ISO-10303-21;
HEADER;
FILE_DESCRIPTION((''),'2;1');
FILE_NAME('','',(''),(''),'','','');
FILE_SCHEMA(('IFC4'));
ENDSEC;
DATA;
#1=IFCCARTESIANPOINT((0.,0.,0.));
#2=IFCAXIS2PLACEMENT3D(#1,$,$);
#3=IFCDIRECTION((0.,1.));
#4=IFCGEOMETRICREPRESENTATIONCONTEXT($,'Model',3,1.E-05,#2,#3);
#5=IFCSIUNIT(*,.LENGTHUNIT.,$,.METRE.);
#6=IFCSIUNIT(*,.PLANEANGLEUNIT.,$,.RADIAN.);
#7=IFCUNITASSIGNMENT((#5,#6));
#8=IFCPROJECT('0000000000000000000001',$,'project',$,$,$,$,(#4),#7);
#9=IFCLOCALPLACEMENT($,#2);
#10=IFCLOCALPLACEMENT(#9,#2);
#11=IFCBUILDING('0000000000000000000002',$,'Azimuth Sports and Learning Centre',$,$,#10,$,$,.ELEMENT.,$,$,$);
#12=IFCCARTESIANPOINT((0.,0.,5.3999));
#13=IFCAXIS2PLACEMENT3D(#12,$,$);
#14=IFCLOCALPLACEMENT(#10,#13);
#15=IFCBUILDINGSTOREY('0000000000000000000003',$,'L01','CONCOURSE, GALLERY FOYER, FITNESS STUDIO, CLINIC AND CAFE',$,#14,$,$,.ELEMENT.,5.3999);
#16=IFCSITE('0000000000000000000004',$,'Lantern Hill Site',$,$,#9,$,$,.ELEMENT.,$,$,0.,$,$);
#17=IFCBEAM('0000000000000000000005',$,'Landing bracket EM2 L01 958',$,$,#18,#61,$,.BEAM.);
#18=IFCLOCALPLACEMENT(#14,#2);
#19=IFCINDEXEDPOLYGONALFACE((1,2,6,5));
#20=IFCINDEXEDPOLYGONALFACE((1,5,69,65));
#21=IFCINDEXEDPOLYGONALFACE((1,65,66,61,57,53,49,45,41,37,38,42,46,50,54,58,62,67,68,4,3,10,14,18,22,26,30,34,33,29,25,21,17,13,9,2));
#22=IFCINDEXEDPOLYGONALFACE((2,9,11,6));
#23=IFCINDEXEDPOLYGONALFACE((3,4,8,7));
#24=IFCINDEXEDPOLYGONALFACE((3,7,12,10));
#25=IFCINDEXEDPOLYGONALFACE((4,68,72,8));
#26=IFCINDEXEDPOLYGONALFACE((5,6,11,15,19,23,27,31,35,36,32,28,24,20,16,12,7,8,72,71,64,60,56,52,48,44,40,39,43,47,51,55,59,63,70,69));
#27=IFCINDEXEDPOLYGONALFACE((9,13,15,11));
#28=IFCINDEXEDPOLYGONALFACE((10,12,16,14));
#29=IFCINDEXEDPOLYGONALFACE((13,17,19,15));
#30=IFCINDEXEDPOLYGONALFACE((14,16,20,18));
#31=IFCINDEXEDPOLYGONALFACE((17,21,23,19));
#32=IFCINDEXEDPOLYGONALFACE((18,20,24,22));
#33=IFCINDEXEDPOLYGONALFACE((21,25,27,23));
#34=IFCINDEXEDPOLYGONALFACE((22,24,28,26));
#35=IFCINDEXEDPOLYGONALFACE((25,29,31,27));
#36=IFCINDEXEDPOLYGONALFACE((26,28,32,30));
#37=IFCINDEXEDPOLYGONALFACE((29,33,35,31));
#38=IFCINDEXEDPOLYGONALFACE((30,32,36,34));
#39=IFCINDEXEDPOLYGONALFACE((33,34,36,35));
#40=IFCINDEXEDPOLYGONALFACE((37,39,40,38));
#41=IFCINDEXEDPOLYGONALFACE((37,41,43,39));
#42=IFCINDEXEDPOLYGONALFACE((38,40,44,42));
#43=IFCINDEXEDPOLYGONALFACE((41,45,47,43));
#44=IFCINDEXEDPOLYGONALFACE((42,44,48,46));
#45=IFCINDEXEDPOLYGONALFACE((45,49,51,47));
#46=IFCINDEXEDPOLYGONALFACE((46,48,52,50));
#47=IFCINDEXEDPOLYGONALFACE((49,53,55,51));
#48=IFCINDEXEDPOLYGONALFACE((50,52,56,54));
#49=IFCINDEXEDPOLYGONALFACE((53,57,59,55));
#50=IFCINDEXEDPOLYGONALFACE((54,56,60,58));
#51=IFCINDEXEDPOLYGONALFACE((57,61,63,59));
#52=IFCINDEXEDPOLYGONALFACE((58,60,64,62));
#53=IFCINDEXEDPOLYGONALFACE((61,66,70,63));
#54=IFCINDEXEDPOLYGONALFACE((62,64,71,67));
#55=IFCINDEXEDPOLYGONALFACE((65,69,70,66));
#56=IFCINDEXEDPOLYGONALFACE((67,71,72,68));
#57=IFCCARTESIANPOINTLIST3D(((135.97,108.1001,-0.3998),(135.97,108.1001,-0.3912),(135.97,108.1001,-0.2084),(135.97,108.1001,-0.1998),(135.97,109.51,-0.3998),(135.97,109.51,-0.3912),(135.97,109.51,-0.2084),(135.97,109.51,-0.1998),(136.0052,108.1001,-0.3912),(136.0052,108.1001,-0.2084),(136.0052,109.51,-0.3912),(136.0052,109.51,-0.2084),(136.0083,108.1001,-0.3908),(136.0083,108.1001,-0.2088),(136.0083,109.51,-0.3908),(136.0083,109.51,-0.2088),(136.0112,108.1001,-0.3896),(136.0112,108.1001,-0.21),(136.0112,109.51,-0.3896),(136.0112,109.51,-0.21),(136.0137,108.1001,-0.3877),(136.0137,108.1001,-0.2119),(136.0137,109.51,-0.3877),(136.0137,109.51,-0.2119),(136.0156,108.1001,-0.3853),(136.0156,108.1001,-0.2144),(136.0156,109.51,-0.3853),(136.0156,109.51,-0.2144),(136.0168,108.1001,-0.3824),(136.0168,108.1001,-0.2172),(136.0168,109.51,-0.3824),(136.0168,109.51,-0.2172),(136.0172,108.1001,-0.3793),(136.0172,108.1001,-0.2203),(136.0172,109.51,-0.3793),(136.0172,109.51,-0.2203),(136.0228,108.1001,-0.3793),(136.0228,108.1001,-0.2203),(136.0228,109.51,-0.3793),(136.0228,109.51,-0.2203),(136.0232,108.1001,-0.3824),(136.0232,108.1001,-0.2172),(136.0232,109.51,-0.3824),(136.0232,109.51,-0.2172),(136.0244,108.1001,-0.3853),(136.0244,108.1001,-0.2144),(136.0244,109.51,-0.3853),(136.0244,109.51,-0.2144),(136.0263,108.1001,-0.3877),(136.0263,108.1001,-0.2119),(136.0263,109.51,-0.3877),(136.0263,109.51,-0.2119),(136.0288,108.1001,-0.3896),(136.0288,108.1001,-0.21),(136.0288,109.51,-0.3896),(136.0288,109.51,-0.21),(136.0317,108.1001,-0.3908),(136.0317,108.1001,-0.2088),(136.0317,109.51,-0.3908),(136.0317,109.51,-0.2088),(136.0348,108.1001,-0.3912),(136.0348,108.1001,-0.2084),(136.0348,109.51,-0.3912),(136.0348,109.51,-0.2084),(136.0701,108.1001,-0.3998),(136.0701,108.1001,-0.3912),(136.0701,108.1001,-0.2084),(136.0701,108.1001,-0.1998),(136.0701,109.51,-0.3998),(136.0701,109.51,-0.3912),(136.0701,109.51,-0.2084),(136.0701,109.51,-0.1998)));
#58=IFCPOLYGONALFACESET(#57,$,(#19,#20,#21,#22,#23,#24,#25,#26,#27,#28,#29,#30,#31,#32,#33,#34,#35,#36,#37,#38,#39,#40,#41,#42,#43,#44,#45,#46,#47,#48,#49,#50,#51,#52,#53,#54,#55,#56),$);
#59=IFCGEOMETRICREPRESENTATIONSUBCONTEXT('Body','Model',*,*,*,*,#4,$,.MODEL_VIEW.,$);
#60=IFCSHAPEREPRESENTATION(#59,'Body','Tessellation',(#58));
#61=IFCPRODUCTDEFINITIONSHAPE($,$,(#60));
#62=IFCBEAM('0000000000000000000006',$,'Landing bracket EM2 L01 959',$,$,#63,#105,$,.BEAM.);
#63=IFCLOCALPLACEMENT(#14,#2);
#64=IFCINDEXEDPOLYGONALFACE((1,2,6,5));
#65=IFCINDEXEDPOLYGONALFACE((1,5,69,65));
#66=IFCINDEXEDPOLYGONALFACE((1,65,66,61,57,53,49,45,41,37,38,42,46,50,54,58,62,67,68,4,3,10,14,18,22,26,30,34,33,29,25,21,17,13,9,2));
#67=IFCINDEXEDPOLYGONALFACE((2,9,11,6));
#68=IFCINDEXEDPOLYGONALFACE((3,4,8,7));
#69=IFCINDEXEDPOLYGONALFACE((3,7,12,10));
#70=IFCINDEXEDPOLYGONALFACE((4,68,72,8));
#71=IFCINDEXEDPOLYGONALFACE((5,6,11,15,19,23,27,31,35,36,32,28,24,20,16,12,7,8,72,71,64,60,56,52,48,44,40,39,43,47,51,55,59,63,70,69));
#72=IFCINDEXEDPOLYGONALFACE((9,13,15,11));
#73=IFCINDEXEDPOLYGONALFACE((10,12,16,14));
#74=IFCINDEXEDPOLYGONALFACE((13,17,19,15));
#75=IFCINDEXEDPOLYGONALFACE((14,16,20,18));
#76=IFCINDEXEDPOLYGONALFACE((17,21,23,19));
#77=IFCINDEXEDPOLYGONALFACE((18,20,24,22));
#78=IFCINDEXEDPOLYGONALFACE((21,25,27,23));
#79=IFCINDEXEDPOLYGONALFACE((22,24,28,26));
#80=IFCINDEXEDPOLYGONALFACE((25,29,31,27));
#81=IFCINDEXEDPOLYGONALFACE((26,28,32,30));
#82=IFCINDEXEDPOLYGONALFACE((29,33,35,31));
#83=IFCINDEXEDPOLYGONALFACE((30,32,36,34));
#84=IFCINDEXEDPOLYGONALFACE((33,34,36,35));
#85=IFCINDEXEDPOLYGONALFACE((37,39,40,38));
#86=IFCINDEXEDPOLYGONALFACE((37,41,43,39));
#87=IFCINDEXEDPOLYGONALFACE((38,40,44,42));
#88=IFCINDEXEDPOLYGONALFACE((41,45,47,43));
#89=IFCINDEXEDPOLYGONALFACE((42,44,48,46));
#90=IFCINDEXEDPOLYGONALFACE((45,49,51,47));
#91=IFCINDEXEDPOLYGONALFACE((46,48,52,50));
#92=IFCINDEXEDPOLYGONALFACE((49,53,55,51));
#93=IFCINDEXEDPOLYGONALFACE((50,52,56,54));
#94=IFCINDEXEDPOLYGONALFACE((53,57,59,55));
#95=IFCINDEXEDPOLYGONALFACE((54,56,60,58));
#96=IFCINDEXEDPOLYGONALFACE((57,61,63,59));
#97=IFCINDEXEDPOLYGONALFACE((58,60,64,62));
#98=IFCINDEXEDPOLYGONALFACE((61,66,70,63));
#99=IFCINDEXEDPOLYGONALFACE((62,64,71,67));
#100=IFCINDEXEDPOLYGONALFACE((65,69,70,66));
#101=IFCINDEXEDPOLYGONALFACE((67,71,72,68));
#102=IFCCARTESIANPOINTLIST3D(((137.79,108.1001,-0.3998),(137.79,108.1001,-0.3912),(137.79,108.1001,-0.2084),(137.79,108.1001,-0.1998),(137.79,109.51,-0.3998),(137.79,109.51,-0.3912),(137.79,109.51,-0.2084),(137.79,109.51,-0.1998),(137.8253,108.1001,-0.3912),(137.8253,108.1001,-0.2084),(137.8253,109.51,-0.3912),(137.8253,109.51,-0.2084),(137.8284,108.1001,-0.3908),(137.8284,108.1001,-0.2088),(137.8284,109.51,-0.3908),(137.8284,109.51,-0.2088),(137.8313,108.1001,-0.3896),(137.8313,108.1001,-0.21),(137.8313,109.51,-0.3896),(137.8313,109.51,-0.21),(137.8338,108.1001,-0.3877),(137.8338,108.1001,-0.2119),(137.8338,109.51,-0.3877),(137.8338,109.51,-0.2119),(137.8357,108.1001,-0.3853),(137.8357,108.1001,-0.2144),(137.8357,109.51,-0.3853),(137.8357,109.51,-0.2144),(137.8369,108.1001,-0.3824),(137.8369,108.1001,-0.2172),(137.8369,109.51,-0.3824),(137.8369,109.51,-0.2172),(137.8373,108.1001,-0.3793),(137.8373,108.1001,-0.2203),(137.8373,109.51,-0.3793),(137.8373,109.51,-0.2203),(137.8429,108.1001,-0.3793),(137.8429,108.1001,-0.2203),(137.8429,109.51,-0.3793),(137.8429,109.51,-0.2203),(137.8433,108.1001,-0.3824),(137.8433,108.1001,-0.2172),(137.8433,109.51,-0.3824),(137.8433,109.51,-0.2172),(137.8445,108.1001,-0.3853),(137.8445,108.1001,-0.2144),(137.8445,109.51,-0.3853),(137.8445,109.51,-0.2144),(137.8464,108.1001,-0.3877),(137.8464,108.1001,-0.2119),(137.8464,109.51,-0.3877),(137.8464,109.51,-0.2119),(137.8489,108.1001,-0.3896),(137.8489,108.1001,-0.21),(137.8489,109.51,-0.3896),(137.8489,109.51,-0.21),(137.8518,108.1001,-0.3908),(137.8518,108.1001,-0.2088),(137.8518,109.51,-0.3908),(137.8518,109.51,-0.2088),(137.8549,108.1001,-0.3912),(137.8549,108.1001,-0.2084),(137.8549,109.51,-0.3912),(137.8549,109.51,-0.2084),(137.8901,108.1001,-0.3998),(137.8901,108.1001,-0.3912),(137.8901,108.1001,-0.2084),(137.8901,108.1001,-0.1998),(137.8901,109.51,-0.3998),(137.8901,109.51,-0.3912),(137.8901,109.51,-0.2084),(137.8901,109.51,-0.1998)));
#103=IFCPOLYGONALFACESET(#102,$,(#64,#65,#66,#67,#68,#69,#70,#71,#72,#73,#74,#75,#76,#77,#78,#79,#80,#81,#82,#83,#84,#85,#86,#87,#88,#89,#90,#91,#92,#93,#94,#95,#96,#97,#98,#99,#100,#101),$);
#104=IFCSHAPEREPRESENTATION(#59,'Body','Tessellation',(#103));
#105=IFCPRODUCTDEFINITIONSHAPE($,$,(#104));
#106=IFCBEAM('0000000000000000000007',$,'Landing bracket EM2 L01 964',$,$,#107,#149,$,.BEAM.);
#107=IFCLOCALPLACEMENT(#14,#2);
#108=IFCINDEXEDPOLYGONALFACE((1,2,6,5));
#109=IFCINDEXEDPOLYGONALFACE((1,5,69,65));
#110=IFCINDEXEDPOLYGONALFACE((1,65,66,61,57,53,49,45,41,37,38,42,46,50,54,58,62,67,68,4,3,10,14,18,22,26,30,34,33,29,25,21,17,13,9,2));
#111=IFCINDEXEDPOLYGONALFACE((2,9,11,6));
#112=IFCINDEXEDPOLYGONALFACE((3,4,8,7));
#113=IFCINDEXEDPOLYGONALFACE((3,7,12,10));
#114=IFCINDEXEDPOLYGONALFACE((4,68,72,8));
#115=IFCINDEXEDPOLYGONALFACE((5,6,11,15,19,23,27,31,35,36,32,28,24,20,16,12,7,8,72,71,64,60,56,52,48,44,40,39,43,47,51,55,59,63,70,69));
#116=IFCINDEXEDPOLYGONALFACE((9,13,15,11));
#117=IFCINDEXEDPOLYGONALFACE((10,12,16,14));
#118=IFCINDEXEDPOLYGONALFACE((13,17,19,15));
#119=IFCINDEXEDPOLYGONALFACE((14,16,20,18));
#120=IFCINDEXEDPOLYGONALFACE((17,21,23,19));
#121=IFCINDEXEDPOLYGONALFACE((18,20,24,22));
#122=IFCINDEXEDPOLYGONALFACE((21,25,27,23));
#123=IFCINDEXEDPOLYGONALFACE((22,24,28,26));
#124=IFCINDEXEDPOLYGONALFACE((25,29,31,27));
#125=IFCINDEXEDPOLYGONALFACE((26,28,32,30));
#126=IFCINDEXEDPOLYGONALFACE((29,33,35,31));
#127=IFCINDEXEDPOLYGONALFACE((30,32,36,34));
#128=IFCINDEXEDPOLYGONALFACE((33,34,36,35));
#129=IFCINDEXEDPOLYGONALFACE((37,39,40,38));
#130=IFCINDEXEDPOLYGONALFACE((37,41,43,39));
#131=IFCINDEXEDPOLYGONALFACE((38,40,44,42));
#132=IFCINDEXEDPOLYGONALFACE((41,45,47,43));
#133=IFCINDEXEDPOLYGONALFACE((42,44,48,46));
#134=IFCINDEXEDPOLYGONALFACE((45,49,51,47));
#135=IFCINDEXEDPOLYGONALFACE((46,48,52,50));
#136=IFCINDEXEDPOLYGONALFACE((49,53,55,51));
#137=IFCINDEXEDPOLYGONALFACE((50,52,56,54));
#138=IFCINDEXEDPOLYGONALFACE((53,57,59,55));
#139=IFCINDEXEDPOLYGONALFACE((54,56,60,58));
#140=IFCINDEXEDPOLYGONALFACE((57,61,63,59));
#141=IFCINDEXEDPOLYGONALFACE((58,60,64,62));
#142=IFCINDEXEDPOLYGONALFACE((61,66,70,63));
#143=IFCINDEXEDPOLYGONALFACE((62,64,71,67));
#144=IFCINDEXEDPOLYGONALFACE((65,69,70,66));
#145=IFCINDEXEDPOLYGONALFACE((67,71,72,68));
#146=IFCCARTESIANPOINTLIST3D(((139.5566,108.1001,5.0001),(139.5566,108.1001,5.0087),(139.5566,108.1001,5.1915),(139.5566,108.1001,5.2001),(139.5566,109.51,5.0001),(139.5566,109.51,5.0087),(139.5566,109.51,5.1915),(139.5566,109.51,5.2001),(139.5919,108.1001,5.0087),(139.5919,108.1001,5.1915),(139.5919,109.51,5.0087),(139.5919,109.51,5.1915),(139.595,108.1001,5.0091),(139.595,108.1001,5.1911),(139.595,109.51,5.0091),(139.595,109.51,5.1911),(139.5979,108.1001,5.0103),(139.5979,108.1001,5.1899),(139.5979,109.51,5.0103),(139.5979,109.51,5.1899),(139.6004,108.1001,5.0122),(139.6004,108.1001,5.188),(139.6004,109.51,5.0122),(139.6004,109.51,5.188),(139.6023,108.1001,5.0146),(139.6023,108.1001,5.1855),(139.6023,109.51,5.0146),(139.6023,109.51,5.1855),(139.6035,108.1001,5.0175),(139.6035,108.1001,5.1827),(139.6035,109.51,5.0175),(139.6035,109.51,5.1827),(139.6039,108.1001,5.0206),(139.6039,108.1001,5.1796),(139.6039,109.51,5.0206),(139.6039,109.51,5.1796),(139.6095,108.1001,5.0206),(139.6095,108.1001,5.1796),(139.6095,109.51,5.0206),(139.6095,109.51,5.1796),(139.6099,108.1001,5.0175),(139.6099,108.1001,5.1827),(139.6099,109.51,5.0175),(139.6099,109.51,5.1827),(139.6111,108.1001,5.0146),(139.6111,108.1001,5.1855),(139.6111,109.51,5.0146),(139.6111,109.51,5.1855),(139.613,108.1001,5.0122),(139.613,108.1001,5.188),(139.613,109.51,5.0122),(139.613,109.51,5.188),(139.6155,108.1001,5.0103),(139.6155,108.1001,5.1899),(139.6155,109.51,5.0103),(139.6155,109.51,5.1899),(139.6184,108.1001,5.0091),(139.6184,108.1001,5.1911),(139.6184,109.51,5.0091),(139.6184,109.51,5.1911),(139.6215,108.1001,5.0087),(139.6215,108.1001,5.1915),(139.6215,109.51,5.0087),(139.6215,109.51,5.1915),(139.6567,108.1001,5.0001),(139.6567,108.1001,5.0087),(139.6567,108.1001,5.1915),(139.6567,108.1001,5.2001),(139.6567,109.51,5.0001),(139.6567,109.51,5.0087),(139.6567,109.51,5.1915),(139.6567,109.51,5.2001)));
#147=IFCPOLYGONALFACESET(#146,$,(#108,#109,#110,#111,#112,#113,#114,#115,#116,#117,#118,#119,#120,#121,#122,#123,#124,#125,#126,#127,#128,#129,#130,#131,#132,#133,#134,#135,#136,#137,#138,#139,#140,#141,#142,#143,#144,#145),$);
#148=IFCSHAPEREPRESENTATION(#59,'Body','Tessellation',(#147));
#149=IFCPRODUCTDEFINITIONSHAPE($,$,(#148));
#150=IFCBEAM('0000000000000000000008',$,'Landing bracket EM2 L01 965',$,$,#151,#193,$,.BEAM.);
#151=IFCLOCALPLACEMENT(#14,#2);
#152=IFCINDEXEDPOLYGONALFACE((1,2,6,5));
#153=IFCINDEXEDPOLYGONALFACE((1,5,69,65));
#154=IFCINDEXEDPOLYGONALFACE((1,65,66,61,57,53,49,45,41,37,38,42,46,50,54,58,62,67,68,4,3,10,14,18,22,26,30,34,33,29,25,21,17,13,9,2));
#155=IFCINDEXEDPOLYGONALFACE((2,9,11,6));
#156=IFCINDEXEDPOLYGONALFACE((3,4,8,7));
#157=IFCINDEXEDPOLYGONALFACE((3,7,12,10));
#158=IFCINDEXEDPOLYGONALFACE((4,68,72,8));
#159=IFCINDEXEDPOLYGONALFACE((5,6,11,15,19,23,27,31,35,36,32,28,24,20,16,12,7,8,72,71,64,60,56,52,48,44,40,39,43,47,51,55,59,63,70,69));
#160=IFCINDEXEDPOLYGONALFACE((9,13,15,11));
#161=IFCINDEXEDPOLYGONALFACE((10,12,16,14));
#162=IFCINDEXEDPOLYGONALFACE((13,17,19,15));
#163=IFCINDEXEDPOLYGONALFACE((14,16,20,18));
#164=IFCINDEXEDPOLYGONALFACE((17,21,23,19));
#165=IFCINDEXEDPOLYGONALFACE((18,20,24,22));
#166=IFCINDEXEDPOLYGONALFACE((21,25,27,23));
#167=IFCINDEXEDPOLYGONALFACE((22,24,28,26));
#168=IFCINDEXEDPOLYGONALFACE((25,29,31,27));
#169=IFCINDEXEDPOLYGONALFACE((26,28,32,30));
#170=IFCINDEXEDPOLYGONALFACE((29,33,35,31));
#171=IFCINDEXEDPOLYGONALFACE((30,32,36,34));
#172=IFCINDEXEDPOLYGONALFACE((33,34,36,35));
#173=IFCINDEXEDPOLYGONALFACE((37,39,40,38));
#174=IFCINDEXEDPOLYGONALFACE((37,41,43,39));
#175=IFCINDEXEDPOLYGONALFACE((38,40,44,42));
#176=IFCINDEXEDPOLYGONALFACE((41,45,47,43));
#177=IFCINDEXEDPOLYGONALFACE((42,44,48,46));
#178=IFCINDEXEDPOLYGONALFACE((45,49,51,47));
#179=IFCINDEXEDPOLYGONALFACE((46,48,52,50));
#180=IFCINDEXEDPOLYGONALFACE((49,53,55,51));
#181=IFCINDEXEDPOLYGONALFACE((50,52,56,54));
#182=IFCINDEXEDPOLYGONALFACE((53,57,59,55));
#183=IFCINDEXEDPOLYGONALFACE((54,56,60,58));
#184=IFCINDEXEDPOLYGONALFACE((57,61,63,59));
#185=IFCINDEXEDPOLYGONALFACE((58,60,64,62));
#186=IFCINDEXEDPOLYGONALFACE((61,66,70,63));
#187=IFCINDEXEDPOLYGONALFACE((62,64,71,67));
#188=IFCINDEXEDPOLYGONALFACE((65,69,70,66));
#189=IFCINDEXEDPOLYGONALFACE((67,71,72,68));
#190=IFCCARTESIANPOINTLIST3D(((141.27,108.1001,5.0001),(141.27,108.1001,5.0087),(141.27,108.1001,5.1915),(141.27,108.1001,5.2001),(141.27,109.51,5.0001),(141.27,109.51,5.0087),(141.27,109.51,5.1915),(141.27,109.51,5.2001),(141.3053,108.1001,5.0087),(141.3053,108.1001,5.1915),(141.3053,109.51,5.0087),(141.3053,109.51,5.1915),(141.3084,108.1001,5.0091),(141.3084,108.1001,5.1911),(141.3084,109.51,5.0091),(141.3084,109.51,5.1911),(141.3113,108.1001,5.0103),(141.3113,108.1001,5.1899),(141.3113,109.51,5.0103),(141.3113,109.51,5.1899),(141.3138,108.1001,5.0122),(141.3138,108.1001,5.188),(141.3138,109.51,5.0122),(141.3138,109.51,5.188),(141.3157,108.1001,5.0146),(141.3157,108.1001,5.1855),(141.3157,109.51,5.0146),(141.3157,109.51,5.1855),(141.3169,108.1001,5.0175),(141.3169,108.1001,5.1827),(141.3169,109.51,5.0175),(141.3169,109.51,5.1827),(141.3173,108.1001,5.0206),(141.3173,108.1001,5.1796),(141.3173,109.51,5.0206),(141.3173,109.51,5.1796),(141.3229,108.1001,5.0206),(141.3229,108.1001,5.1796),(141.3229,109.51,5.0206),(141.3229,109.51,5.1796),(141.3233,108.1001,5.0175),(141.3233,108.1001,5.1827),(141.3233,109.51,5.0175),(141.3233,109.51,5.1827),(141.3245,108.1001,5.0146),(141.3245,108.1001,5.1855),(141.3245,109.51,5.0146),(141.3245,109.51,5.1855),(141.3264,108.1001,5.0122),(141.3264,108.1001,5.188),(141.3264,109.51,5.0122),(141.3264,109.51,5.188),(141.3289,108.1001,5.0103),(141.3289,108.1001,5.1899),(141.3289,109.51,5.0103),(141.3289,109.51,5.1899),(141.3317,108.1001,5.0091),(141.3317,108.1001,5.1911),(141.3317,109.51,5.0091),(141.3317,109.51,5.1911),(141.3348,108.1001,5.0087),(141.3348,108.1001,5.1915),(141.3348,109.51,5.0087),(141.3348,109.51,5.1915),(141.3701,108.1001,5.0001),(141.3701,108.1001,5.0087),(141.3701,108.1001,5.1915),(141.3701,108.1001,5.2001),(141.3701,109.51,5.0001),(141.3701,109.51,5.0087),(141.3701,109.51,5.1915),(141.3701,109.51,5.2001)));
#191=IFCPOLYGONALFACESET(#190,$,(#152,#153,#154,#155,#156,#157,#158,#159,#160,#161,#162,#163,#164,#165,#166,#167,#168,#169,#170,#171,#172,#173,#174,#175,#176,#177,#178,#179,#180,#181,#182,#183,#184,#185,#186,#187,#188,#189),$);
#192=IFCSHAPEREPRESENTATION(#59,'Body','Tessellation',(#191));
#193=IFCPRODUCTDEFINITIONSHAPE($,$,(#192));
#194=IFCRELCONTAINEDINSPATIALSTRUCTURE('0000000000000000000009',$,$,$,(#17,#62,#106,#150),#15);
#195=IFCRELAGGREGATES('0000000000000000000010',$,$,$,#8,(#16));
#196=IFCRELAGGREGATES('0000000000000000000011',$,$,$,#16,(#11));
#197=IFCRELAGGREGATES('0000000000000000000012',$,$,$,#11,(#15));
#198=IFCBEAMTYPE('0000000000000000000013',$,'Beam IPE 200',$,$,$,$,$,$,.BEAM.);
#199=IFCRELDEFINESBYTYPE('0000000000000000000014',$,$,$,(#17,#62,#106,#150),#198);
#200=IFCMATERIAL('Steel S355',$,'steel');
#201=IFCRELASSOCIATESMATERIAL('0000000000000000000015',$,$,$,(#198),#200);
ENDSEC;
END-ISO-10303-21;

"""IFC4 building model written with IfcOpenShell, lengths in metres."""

from ifc_helpers import new_model, si_unit, direction, frame, origin, origin_2d, place, context, subcontext, project, spatial, i_section, extrude, material, material_profile, profile_set, type_object, element, save


model = new_model("IFC4")

# Units and contexts
model_context = context("Model", 3, precision=1e-05, world=origin(), true_north=direction((0.0, 1.0)))
body_context = subcontext(model_context, "Body", "Model", "MODEL_VIEW")
ifc_project = project(units=[si_unit("LENGTHUNIT", "METRE"), si_unit("PLANEANGLEUNIT", "RADIAN")], contexts=[model_context])

# Site, building, storey
site_placement = place(None, origin())
site = spatial("IfcSite", under=ifc_project, at=site_placement, Name="Lantern Hill Site", CompositionType="ELEMENT", RefElevation=0.0)
building_placement = place(site_placement, origin())
building = spatial("IfcBuilding", under=site, at=building_placement, Name="Azimuth Sports and Learning Centre", CompositionType="ELEMENT")
storey_placement = place(building_placement, frame((0.0, 0.0, 5.3999)))
storey = spatial("IfcBuildingStorey", under=building, at=storey_placement, Name="L01", Description="CONCOURSE, GALLERY FOYER, FITNESS STUDIO, CLINIC AND CAFE", CompositionType="ELEMENT", Elevation=5.3999)

# Beams
ifc_material_1 = material(Name="Steel S355", Category="steel")
ifc_material_profile_1 = material_profile(ifc_material_1, i_section(OverallWidth=0.1001, OverallDepth=0.2, WebThickness=0.0056, FlangeThickness=0.0085, FilletRadius=0.012, at=origin_2d()), Name="IPE 200")
ifc_profile_set_1 = profile_set([ifc_material_profile_1], Name="Steel S355")
beam_type_1 = type_object("IfcBeamType", Name="Beam IPE 200", PredefinedType="BEAM", material=ifc_profile_set_1)
for number, where, z_axis, x_axis, name in (
    (1, (136.02, 108.1001, -0.2998), (0.0, 1.0, 0.0), (-1.0, 0.0, 0.0), "Landing bracket EM2 L01 958"),
    (2, (137.8401, 108.1001, -0.2998), (0.0, 1.0, 0.0), (-1.0, 0.0, 0.0), "Landing bracket EM2 L01 959"),
    (3, (139.6067, 108.1001, 5.1001), (0.0, 1.0, 0.0), (-1.0, 0.0, 0.0), "Landing bracket EM2 L01 964"),
    (4, (141.3201, 108.1001, 5.1001), (0.0, 1.0, 0.0), (-1.0, 0.0, 0.0), "Landing bracket EM2 L01 965"),
):
    element("IfcBeam", number, at=place(storey_placement, frame(where, z_axis=z_axis, x_axis=x_axis)), inside=storey, type_object=beam_type_1, Name=name, PredefinedType="BEAM", context=body_context, shape_type="SweptSolid", body=[
        extrude(i_section(OverallWidth=0.1001, OverallDepth=0.2, WebThickness=0.0056, FlangeThickness=0.0085, FilletRadius=0.012, at=origin_2d()), origin(), (0.0, 0.0, 1.0), 1.4099),
    ])

save(model, "model.ifc")
